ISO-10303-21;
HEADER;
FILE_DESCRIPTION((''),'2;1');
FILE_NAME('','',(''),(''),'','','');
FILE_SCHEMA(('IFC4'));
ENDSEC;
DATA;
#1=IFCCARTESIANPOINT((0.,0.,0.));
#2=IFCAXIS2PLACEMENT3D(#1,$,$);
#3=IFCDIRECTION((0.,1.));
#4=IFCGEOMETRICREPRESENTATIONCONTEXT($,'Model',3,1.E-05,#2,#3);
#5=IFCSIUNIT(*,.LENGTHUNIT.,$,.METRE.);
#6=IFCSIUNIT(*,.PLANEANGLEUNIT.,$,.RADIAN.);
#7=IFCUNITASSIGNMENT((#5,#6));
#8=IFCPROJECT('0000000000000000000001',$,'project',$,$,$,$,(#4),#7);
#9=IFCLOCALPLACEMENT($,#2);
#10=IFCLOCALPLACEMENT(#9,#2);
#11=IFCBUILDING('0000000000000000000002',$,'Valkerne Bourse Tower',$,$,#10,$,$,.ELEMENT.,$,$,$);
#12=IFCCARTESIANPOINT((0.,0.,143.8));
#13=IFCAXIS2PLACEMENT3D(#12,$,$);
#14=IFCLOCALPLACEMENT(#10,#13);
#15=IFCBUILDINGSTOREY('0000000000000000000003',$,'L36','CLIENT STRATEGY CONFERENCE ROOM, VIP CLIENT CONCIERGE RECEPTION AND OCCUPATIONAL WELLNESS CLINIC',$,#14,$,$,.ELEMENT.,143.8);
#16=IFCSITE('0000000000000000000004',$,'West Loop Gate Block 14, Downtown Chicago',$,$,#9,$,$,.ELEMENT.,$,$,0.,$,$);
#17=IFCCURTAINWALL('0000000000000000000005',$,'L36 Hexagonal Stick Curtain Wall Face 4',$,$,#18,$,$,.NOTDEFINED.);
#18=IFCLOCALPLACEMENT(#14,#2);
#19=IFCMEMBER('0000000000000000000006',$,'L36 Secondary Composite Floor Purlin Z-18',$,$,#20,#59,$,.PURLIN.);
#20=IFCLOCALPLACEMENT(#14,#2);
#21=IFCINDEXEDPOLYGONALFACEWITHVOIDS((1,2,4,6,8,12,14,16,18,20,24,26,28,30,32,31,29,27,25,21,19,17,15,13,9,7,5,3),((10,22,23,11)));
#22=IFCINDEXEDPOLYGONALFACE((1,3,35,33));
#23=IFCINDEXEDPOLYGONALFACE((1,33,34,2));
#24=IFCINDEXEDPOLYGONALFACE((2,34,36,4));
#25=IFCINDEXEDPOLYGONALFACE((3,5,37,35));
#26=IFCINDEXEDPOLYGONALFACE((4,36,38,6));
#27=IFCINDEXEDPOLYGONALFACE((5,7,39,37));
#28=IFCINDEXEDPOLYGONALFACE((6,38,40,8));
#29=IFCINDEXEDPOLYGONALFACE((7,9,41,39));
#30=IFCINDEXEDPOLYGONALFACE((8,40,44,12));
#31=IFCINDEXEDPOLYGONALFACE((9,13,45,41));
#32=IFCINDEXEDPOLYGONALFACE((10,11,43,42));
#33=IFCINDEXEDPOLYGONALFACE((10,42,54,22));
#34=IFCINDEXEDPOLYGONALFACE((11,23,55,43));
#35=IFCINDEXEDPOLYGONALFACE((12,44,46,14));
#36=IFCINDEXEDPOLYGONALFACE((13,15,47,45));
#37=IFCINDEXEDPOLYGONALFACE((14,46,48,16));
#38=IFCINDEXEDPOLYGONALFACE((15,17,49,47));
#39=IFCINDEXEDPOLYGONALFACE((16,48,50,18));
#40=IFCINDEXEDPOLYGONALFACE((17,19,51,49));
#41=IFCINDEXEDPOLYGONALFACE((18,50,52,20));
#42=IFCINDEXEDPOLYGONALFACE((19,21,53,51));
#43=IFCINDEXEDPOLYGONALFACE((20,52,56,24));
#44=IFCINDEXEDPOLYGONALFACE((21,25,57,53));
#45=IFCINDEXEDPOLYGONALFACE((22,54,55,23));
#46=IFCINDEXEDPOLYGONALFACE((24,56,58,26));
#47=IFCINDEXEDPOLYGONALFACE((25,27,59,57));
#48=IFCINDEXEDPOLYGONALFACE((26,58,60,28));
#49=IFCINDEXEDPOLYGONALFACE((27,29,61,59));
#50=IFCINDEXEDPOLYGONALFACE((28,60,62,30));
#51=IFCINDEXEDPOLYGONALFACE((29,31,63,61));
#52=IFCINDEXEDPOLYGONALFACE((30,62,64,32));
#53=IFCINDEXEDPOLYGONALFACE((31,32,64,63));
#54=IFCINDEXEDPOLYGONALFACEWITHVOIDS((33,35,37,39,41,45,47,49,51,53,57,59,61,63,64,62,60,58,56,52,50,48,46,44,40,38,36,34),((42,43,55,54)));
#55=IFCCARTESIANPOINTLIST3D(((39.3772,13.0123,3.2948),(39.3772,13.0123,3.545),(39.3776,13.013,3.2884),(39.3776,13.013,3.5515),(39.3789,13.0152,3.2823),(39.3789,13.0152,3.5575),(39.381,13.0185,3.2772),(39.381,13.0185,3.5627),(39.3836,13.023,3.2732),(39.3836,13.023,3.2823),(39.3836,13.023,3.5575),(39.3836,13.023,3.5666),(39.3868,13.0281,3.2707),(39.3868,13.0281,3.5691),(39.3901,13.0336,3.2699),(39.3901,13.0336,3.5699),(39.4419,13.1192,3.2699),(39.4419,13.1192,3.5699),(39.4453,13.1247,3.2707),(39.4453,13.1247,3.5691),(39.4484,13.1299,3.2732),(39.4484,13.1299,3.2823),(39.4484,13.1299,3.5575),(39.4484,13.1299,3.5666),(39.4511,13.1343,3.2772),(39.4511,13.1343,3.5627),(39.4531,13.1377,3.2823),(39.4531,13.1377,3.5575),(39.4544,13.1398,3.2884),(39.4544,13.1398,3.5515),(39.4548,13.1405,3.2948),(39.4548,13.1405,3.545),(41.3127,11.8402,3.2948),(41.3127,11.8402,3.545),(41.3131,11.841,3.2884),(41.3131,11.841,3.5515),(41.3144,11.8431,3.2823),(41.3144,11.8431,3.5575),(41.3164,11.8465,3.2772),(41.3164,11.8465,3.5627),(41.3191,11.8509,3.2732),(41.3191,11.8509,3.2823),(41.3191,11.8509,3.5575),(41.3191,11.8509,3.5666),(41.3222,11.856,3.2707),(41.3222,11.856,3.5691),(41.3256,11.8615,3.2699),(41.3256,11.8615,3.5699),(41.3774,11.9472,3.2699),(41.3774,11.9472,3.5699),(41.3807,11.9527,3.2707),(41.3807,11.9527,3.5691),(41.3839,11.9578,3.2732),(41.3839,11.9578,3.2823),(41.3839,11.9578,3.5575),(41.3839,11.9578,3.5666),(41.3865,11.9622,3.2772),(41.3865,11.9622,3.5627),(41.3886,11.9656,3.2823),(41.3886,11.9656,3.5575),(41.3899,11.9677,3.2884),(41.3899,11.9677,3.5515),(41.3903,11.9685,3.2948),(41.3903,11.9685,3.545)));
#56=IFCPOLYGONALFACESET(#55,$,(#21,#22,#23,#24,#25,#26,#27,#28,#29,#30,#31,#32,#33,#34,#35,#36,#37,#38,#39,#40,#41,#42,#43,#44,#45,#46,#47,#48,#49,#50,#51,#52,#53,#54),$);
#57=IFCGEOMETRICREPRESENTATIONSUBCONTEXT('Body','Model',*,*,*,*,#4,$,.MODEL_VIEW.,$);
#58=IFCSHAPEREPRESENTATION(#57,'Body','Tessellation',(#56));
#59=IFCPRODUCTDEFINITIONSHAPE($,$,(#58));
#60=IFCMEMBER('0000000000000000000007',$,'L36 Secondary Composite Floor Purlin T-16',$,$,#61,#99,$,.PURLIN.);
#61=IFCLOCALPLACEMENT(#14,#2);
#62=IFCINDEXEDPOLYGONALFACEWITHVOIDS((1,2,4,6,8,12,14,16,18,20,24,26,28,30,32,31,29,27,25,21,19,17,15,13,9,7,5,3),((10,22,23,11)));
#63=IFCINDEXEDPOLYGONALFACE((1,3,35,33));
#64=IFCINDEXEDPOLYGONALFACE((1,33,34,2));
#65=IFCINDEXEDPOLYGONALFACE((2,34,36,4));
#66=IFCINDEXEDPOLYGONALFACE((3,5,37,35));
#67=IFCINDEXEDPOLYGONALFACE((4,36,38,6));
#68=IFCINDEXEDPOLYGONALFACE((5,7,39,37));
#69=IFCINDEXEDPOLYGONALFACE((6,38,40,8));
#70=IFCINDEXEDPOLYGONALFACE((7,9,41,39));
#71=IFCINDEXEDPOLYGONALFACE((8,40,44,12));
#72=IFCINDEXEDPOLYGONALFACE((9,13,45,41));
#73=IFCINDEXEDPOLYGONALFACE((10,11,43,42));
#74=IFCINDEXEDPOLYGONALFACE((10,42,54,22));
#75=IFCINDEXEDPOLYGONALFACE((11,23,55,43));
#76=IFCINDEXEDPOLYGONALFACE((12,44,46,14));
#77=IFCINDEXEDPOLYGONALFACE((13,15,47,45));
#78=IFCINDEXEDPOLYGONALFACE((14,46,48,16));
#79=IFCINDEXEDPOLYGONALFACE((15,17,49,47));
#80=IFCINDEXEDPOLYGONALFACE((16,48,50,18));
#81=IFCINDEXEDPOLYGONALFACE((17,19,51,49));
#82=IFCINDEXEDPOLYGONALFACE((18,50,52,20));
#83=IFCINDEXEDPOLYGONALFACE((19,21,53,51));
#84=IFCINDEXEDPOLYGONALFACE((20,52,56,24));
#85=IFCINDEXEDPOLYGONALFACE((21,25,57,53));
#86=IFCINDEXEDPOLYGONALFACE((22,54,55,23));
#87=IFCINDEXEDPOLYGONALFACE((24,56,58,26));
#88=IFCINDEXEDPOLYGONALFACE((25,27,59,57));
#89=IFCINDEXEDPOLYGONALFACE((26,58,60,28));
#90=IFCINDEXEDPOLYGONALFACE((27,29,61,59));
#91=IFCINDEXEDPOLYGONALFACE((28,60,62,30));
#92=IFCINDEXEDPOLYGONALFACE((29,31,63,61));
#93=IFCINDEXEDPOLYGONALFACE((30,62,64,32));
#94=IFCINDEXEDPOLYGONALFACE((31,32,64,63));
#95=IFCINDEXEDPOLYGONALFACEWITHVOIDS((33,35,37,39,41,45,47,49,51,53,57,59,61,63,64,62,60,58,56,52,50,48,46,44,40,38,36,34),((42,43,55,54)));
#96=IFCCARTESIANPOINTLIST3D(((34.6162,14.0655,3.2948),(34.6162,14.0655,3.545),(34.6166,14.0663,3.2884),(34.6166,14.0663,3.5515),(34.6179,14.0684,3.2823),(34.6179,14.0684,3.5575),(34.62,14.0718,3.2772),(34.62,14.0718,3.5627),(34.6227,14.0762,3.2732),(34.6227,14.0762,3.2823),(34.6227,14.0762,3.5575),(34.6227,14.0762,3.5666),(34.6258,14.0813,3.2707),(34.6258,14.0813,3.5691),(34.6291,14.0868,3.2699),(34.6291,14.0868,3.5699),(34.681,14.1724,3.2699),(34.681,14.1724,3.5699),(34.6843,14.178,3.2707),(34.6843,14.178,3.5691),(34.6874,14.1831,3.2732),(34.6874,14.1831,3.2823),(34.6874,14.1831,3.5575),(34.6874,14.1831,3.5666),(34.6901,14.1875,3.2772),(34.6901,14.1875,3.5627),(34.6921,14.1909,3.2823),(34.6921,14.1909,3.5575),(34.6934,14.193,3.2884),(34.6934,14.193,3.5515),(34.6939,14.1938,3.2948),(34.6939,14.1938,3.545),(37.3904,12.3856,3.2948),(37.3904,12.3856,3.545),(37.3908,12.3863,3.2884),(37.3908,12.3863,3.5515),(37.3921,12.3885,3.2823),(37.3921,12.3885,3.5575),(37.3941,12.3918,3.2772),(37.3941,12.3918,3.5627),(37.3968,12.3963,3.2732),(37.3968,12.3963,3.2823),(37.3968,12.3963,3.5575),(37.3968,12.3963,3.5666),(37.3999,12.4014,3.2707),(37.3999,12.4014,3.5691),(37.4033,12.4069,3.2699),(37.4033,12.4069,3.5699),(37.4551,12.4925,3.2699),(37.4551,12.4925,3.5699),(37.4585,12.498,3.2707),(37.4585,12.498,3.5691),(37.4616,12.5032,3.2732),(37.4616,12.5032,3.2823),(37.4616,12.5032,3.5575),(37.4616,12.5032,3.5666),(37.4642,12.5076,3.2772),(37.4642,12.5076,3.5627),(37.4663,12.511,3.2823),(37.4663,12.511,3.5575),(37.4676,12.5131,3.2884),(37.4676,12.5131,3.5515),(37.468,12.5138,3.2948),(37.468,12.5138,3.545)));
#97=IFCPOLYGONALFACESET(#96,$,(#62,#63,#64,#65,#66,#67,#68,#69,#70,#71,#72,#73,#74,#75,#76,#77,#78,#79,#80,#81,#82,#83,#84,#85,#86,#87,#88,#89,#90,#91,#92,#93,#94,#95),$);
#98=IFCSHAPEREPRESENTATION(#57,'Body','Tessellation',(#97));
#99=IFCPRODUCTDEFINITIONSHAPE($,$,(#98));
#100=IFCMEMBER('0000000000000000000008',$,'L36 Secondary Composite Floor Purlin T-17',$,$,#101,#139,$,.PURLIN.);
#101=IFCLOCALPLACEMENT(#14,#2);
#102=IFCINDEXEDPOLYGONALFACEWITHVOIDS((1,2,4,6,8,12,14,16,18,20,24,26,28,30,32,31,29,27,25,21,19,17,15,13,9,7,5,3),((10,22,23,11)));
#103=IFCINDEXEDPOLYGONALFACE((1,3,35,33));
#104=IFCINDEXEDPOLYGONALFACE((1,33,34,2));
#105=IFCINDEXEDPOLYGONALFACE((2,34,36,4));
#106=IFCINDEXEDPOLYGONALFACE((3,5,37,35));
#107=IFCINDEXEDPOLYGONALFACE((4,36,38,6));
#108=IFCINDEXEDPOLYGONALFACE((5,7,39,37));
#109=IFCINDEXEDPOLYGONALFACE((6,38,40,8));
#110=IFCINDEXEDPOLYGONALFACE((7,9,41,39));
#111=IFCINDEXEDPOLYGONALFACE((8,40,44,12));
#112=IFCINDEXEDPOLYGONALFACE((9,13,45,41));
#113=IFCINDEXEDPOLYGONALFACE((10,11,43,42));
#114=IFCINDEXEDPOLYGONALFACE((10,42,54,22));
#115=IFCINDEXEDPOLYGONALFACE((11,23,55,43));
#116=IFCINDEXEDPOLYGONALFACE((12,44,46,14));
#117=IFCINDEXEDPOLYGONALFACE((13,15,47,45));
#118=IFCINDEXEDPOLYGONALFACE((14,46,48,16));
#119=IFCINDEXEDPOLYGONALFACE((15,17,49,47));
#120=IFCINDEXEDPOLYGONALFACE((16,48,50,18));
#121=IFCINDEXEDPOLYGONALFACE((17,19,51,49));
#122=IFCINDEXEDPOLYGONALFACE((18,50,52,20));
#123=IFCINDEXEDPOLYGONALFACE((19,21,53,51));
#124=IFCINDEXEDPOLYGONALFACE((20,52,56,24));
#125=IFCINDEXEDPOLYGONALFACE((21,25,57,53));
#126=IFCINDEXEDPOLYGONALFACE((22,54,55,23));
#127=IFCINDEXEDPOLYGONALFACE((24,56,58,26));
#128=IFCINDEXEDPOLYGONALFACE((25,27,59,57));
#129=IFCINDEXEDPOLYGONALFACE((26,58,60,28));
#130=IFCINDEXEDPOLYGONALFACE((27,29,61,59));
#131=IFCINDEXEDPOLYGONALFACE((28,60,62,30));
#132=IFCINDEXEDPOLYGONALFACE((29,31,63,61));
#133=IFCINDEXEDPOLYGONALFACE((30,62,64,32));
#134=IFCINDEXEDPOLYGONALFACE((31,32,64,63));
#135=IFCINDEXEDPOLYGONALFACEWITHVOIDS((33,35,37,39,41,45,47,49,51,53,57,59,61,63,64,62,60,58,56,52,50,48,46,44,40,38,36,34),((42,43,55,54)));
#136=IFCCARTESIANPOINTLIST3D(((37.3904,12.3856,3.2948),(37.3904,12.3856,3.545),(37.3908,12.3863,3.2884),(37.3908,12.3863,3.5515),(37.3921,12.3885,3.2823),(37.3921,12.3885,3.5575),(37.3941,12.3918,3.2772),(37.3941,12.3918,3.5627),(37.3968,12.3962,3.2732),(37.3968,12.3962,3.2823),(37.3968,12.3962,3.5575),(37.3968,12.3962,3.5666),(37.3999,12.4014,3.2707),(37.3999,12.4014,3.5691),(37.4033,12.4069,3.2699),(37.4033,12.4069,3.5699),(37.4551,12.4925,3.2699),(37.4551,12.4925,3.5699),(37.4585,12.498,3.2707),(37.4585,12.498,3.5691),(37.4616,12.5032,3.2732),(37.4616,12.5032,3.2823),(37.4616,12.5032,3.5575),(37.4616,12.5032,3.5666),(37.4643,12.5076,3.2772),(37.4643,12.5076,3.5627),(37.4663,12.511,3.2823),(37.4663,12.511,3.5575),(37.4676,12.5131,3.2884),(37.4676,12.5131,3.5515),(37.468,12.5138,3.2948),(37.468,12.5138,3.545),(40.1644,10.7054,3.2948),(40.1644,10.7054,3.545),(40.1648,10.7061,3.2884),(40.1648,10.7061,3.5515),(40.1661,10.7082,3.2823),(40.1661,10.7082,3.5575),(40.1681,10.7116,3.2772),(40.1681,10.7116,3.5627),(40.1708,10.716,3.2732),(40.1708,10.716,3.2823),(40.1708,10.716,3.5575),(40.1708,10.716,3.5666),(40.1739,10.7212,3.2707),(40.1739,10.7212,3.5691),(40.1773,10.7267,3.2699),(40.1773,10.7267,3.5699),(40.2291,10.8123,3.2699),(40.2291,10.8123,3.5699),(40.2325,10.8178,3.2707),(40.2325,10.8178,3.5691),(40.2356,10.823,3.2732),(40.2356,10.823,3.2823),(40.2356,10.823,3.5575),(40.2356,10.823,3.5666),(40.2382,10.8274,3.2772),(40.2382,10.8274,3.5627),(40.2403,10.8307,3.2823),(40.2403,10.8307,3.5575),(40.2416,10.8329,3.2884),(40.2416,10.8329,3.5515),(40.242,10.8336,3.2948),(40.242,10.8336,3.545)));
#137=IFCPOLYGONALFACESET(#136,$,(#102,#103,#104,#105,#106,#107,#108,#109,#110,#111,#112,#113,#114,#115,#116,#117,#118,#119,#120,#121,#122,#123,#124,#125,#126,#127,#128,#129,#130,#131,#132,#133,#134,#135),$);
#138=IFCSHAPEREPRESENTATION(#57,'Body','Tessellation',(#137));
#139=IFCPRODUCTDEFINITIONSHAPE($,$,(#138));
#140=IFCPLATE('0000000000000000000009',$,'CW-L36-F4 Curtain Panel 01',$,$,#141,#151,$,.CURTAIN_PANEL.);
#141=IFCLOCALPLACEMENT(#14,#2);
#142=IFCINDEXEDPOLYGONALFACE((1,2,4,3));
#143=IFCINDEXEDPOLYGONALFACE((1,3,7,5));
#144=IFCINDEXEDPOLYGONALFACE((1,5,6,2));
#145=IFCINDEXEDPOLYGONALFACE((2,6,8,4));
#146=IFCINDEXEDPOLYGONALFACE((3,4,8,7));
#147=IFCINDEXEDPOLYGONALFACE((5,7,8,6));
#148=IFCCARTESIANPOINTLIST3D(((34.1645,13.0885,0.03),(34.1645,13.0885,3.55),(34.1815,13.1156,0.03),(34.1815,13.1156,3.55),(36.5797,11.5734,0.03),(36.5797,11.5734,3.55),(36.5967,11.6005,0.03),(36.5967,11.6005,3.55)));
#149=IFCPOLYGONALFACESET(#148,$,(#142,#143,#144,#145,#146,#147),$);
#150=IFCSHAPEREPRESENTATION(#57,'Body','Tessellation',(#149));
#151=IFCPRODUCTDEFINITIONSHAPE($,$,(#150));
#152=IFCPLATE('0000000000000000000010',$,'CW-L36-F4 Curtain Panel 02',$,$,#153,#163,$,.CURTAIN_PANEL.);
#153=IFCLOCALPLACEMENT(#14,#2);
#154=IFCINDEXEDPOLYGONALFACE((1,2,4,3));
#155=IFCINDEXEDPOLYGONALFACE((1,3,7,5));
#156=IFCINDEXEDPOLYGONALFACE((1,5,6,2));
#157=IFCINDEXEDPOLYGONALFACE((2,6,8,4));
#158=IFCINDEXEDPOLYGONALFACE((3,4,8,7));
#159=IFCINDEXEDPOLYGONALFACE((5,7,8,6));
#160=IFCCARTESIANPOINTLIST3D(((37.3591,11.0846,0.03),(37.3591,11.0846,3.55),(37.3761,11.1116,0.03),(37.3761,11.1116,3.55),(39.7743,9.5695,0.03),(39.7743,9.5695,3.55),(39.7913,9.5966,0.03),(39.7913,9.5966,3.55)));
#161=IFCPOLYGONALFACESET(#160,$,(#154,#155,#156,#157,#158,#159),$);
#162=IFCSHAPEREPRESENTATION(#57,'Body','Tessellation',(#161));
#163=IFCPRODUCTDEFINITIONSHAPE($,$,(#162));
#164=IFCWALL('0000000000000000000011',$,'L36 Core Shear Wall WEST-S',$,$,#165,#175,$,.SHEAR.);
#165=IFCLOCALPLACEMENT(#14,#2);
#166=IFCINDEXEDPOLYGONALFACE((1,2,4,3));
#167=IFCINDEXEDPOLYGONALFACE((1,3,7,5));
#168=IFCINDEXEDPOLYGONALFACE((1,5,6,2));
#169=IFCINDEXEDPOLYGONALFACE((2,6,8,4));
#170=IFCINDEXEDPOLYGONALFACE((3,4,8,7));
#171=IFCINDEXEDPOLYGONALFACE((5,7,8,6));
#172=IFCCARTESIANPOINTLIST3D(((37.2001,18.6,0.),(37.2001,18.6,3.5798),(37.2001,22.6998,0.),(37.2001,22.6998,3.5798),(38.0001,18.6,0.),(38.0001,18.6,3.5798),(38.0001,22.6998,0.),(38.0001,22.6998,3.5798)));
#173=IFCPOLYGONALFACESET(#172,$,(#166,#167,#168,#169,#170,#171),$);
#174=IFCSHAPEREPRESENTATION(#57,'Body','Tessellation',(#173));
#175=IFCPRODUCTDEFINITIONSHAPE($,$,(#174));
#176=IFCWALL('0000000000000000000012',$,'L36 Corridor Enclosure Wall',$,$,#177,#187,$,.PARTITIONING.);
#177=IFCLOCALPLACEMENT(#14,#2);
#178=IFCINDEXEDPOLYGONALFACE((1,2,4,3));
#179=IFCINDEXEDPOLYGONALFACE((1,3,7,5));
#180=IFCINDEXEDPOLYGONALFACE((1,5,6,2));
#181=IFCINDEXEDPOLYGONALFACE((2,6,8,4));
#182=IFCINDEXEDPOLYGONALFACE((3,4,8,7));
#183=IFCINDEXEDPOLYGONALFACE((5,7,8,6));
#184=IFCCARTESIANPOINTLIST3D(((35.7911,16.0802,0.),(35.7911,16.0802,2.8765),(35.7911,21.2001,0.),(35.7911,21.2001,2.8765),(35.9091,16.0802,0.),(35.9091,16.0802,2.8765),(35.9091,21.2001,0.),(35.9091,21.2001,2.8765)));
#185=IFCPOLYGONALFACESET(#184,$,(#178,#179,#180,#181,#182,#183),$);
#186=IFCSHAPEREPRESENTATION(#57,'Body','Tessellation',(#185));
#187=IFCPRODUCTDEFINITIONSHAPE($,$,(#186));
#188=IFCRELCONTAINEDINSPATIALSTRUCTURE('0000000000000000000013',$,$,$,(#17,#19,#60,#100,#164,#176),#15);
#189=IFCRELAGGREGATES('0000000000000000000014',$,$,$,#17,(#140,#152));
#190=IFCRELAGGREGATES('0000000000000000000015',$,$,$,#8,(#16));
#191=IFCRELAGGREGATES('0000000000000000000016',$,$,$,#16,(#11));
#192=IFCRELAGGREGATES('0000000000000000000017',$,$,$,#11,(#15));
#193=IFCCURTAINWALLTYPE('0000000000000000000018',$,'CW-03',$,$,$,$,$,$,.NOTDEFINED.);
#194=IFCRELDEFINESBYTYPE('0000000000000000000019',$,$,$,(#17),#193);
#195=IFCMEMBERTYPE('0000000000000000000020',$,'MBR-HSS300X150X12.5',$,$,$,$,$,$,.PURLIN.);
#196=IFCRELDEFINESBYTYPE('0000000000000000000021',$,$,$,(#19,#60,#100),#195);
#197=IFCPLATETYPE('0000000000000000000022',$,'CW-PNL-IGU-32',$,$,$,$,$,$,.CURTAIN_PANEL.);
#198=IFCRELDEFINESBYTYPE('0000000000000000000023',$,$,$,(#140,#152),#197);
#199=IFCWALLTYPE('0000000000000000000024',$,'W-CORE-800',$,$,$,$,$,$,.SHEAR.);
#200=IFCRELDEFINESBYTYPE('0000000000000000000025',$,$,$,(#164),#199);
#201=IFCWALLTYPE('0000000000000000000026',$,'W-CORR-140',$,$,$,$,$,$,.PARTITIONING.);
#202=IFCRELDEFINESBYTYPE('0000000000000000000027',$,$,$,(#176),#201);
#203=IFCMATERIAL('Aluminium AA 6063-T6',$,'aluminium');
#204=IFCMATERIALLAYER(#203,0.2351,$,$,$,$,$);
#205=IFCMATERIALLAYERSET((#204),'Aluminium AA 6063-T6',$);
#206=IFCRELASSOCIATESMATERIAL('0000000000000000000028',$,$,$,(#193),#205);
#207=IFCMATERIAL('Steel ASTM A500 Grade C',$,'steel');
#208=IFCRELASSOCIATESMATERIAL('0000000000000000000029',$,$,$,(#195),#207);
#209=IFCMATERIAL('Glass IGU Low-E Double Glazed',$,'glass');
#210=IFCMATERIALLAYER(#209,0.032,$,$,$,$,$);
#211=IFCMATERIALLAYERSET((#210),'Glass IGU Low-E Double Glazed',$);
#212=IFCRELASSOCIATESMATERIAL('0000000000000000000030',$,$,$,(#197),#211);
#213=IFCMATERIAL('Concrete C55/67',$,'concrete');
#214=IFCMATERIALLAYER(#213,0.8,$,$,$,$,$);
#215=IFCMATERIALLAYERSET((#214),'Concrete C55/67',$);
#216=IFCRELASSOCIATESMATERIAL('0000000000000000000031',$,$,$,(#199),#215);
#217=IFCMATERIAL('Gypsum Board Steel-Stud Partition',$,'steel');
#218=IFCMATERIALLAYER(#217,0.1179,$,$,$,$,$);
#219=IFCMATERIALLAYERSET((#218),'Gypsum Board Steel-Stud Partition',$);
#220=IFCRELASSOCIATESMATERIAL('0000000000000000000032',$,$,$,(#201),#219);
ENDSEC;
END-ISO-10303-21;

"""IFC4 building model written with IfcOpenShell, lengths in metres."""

from ifc_helpers import new_model, si_unit, direction, frame, frame_2d, origin, origin_2d, place, context, subcontext, project, spatial, rectangle, hollow_rectangle, extrude, material, layer, layer_set, material_profile, profile_set, type_object, element, aggregate, save


model = new_model("IFC4")

# Units and contexts
model_context = context("Model", 3, precision=1e-05, world=origin(), true_north=direction((0.0, 1.0)))
body_context = subcontext(model_context, "Body", "Model", "MODEL_VIEW")
ifc_project = project(units=[si_unit("LENGTHUNIT", "METRE"), si_unit("PLANEANGLEUNIT", "RADIAN")], contexts=[model_context])

# Site, building, storey
site_placement = place(None, origin())
site = spatial("IfcSite", under=ifc_project, at=site_placement, Name="West Loop Gate Block 14, Downtown Chicago", CompositionType="ELEMENT", RefElevation=0.0)
building_placement = place(site_placement, origin())
building = spatial("IfcBuilding", under=site, at=building_placement, Name="Valkerne Bourse Tower", CompositionType="ELEMENT")
storey_placement = place(building_placement, frame((0.0, 0.0, 143.8)))
storey = spatial("IfcBuildingStorey", under=building, at=storey_placement, Name="L36", Description="CLIENT STRATEGY CONFERENCE ROOM, VIP CLIENT CONCIERGE RECEPTION AND OCCUPATIONAL WELLNESS CLINIC", CompositionType="ELEMENT", Elevation=143.8)

# Curtain wall
ifc_material_1 = material(Name="Aluminium AA 6063-T6", Category="aluminium")
ifc_layer_1 = layer(ifc_material_1, 0.2351)
ifc_layer_set_1 = layer_set([ifc_layer_1], Name="Aluminium AA 6063-T6")
curtain_wall_type = type_object("IfcCurtainWallType", Name="CW-03", PredefinedType="NOTDEFINED", material=ifc_layer_set_1)
curtain_wall_placement = place(storey_placement, origin())
curtain_wall = element("IfcCurtainWall", 1, at=curtain_wall_placement, inside=storey, type_object=curtain_wall_type, Name="L36 Hexagonal Stick Curtain Wall Face 4", PredefinedType="NOTDEFINED")

# Members
ifc_material_2 = material(Name="Steel ASTM A500 Grade C", Category="steel")
ifc_material_profile_1 = material_profile(ifc_material_2, hollow_rectangle(XDim=0.1499, YDim=0.3, WallThickness=0.0125, OuterFilletRadius=0.0249, at=origin_2d()), Name="HSS300X150X12.5")
ifc_profile_set_1 = profile_set([ifc_material_profile_1], Name="Steel ASTM A500 Grade C")
member_type_1 = type_object("IfcMemberType", Name="MBR-HSS300X150X12.5", PredefinedType="PURLIN", material=ifc_profile_set_1)
for number, where, z_axis, x_axis, name in (
    (2, (39.416, 13.0764, 3.4199), (0.855382, -0.517998, 0.0), (0.517998, 0.855382, 0.0), "L36 Secondary Composite Floor Purlin Z-18"),
):
    element("IfcMember", number, at=place(storey_placement, frame(where, z_axis=z_axis, x_axis=x_axis)), inside=storey, type_object=member_type_1, Name=name, PredefinedType="PURLIN", context=body_context, shape_type="SweptSolid", body=[
        extrude(hollow_rectangle(XDim=0.1499, YDim=0.3, WallThickness=0.0125, OuterFilletRadius=0.0249, at=origin_2d()), origin(), (0.0, 0.0, 1.0), 2.2627),
    ])
for number, where, z_axis, x_axis, name in (
    (3, (34.655, 14.1296, 3.4199), (0.855387, -0.51799, 0.0), (0.51799, 0.855387, 0.0), "L36 Secondary Composite Floor Purlin T-16"),
    (4, (37.4292, 12.4497, 3.4199), (0.855333, -0.518078, 0.0), (0.518078, 0.855333, 0.0), "L36 Secondary Composite Floor Purlin T-17"),
):
    element("IfcMember", number, at=place(storey_placement, frame(where, z_axis=z_axis, x_axis=x_axis)), inside=storey, type_object=member_type_1, Name=name, PredefinedType="PURLIN", context=body_context, shape_type="SweptSolid", body=[
        extrude(hollow_rectangle(XDim=0.1499, YDim=0.3, WallThickness=0.0125, OuterFilletRadius=0.0249, at=origin_2d()), origin(), (0.0, 0.0, 1.0), 3.2432),
    ])

# Plates
ifc_material_3 = material(Name="Glass IGU Low-E Double Glazed", Category="glass")
ifc_layer_2 = layer(ifc_material_3, 0.032)
ifc_layer_set_2 = layer_set([ifc_layer_2], Name="Glass IGU Low-E Double Glazed")
plate_type = type_object("IfcPlateType", Name="CW-PNL-IGU-32", PredefinedType="CURTAIN_PANEL", material=ifc_layer_set_2)
plate_1_placement = place(storey_placement, frame((35.3806, 12.3445, 0.03), z_axis=(0.0, 0.0, 1.0), x_axis=(0.847123, -0.531397, 0.0)))
plate_1 = element("IfcPlate", 5, at=plate_1_placement, type_object=plate_type, Name="CW-L36-F4 Curtain Panel 01", PredefinedType="CURTAIN_PANEL", context=body_context, shape_type="SweptSolid", body=[
    extrude(rectangle(XDim=2.8511, YDim=0.032, at=origin_2d()), origin(), (0.0, 0.0, 1.0), 3.52),
])
plate_2_placement = place(storey_placement, frame((38.5752, 10.3406, 0.03), z_axis=(0.0, 0.0, 1.0), x_axis=(0.847123, -0.531397, 0.0)))
plate_2 = element("IfcPlate", 6, at=plate_2_placement, type_object=plate_type, Name="CW-L36-F4 Curtain Panel 02", PredefinedType="CURTAIN_PANEL", context=body_context, shape_type="SweptSolid", body=[
    extrude(rectangle(XDim=2.8511, YDim=0.032, at=origin_2d()), origin(), (0.0, 0.0, 1.0), 3.52),
])
aggregate(curtain_wall, [plate_1, plate_2])

# Shared definitions
ifc_material_4 = material(Name="Concrete C55/67", Category="concrete")
ifc_layer_3 = layer(ifc_material_4, 0.8)
ifc_layer_set_3 = layer_set([ifc_layer_3], Name="Concrete C55/67")
wall_type_1 = type_object("IfcWallType", Name="W-CORE-800", PredefinedType="SHEAR", material=ifc_layer_set_3)

# Walls
wall_1_placement = place(storey_placement, frame((37.6001, 18.6001, 0.0), z_axis=(0.0, 0.0, 1.0), x_axis=(0.0, 1.0, 0.0)))
element("IfcWall", 7, at=wall_1_placement, inside=storey, type_object=wall_type_1, Name="L36 Core Shear Wall WEST-S", PredefinedType="SHEAR", context=body_context, shape_type="SweptSolid", body=[
    extrude(rectangle(XDim=4.0999, YDim=0.8, at=frame_2d((2.0498, 0.0))), origin(), (0.0, 0.0, 1.0), 3.5798),
])
ifc_material_5 = material(Name="Gypsum Board Steel-Stud Partition", Category="steel")
ifc_layer_4 = layer(ifc_material_5, 0.1179)
ifc_layer_set_4 = layer_set([ifc_layer_4], Name="Gypsum Board Steel-Stud Partition")
wall_type_2 = type_object("IfcWallType", Name="W-CORR-140", PredefinedType="PARTITIONING", material=ifc_layer_set_4)
wall_2_placement = place(storey_placement, frame((35.8501, 16.0801, 0.0), z_axis=(0.0, 0.0, 1.0), x_axis=(0.0, 1.0, 0.0)))
element("IfcWall", 8, at=wall_2_placement, inside=storey, type_object=wall_type_2, Name="L36 Corridor Enclosure Wall", PredefinedType="PARTITIONING", context=body_context, shape_type="SweptSolid", body=[
    extrude(rectangle(XDim=5.1199, YDim=0.1179, at=frame_2d((2.5601, 0.0))), origin(), (0.0, 0.0, 1.0), 2.8765),
])

save(model, "model.ifc")
